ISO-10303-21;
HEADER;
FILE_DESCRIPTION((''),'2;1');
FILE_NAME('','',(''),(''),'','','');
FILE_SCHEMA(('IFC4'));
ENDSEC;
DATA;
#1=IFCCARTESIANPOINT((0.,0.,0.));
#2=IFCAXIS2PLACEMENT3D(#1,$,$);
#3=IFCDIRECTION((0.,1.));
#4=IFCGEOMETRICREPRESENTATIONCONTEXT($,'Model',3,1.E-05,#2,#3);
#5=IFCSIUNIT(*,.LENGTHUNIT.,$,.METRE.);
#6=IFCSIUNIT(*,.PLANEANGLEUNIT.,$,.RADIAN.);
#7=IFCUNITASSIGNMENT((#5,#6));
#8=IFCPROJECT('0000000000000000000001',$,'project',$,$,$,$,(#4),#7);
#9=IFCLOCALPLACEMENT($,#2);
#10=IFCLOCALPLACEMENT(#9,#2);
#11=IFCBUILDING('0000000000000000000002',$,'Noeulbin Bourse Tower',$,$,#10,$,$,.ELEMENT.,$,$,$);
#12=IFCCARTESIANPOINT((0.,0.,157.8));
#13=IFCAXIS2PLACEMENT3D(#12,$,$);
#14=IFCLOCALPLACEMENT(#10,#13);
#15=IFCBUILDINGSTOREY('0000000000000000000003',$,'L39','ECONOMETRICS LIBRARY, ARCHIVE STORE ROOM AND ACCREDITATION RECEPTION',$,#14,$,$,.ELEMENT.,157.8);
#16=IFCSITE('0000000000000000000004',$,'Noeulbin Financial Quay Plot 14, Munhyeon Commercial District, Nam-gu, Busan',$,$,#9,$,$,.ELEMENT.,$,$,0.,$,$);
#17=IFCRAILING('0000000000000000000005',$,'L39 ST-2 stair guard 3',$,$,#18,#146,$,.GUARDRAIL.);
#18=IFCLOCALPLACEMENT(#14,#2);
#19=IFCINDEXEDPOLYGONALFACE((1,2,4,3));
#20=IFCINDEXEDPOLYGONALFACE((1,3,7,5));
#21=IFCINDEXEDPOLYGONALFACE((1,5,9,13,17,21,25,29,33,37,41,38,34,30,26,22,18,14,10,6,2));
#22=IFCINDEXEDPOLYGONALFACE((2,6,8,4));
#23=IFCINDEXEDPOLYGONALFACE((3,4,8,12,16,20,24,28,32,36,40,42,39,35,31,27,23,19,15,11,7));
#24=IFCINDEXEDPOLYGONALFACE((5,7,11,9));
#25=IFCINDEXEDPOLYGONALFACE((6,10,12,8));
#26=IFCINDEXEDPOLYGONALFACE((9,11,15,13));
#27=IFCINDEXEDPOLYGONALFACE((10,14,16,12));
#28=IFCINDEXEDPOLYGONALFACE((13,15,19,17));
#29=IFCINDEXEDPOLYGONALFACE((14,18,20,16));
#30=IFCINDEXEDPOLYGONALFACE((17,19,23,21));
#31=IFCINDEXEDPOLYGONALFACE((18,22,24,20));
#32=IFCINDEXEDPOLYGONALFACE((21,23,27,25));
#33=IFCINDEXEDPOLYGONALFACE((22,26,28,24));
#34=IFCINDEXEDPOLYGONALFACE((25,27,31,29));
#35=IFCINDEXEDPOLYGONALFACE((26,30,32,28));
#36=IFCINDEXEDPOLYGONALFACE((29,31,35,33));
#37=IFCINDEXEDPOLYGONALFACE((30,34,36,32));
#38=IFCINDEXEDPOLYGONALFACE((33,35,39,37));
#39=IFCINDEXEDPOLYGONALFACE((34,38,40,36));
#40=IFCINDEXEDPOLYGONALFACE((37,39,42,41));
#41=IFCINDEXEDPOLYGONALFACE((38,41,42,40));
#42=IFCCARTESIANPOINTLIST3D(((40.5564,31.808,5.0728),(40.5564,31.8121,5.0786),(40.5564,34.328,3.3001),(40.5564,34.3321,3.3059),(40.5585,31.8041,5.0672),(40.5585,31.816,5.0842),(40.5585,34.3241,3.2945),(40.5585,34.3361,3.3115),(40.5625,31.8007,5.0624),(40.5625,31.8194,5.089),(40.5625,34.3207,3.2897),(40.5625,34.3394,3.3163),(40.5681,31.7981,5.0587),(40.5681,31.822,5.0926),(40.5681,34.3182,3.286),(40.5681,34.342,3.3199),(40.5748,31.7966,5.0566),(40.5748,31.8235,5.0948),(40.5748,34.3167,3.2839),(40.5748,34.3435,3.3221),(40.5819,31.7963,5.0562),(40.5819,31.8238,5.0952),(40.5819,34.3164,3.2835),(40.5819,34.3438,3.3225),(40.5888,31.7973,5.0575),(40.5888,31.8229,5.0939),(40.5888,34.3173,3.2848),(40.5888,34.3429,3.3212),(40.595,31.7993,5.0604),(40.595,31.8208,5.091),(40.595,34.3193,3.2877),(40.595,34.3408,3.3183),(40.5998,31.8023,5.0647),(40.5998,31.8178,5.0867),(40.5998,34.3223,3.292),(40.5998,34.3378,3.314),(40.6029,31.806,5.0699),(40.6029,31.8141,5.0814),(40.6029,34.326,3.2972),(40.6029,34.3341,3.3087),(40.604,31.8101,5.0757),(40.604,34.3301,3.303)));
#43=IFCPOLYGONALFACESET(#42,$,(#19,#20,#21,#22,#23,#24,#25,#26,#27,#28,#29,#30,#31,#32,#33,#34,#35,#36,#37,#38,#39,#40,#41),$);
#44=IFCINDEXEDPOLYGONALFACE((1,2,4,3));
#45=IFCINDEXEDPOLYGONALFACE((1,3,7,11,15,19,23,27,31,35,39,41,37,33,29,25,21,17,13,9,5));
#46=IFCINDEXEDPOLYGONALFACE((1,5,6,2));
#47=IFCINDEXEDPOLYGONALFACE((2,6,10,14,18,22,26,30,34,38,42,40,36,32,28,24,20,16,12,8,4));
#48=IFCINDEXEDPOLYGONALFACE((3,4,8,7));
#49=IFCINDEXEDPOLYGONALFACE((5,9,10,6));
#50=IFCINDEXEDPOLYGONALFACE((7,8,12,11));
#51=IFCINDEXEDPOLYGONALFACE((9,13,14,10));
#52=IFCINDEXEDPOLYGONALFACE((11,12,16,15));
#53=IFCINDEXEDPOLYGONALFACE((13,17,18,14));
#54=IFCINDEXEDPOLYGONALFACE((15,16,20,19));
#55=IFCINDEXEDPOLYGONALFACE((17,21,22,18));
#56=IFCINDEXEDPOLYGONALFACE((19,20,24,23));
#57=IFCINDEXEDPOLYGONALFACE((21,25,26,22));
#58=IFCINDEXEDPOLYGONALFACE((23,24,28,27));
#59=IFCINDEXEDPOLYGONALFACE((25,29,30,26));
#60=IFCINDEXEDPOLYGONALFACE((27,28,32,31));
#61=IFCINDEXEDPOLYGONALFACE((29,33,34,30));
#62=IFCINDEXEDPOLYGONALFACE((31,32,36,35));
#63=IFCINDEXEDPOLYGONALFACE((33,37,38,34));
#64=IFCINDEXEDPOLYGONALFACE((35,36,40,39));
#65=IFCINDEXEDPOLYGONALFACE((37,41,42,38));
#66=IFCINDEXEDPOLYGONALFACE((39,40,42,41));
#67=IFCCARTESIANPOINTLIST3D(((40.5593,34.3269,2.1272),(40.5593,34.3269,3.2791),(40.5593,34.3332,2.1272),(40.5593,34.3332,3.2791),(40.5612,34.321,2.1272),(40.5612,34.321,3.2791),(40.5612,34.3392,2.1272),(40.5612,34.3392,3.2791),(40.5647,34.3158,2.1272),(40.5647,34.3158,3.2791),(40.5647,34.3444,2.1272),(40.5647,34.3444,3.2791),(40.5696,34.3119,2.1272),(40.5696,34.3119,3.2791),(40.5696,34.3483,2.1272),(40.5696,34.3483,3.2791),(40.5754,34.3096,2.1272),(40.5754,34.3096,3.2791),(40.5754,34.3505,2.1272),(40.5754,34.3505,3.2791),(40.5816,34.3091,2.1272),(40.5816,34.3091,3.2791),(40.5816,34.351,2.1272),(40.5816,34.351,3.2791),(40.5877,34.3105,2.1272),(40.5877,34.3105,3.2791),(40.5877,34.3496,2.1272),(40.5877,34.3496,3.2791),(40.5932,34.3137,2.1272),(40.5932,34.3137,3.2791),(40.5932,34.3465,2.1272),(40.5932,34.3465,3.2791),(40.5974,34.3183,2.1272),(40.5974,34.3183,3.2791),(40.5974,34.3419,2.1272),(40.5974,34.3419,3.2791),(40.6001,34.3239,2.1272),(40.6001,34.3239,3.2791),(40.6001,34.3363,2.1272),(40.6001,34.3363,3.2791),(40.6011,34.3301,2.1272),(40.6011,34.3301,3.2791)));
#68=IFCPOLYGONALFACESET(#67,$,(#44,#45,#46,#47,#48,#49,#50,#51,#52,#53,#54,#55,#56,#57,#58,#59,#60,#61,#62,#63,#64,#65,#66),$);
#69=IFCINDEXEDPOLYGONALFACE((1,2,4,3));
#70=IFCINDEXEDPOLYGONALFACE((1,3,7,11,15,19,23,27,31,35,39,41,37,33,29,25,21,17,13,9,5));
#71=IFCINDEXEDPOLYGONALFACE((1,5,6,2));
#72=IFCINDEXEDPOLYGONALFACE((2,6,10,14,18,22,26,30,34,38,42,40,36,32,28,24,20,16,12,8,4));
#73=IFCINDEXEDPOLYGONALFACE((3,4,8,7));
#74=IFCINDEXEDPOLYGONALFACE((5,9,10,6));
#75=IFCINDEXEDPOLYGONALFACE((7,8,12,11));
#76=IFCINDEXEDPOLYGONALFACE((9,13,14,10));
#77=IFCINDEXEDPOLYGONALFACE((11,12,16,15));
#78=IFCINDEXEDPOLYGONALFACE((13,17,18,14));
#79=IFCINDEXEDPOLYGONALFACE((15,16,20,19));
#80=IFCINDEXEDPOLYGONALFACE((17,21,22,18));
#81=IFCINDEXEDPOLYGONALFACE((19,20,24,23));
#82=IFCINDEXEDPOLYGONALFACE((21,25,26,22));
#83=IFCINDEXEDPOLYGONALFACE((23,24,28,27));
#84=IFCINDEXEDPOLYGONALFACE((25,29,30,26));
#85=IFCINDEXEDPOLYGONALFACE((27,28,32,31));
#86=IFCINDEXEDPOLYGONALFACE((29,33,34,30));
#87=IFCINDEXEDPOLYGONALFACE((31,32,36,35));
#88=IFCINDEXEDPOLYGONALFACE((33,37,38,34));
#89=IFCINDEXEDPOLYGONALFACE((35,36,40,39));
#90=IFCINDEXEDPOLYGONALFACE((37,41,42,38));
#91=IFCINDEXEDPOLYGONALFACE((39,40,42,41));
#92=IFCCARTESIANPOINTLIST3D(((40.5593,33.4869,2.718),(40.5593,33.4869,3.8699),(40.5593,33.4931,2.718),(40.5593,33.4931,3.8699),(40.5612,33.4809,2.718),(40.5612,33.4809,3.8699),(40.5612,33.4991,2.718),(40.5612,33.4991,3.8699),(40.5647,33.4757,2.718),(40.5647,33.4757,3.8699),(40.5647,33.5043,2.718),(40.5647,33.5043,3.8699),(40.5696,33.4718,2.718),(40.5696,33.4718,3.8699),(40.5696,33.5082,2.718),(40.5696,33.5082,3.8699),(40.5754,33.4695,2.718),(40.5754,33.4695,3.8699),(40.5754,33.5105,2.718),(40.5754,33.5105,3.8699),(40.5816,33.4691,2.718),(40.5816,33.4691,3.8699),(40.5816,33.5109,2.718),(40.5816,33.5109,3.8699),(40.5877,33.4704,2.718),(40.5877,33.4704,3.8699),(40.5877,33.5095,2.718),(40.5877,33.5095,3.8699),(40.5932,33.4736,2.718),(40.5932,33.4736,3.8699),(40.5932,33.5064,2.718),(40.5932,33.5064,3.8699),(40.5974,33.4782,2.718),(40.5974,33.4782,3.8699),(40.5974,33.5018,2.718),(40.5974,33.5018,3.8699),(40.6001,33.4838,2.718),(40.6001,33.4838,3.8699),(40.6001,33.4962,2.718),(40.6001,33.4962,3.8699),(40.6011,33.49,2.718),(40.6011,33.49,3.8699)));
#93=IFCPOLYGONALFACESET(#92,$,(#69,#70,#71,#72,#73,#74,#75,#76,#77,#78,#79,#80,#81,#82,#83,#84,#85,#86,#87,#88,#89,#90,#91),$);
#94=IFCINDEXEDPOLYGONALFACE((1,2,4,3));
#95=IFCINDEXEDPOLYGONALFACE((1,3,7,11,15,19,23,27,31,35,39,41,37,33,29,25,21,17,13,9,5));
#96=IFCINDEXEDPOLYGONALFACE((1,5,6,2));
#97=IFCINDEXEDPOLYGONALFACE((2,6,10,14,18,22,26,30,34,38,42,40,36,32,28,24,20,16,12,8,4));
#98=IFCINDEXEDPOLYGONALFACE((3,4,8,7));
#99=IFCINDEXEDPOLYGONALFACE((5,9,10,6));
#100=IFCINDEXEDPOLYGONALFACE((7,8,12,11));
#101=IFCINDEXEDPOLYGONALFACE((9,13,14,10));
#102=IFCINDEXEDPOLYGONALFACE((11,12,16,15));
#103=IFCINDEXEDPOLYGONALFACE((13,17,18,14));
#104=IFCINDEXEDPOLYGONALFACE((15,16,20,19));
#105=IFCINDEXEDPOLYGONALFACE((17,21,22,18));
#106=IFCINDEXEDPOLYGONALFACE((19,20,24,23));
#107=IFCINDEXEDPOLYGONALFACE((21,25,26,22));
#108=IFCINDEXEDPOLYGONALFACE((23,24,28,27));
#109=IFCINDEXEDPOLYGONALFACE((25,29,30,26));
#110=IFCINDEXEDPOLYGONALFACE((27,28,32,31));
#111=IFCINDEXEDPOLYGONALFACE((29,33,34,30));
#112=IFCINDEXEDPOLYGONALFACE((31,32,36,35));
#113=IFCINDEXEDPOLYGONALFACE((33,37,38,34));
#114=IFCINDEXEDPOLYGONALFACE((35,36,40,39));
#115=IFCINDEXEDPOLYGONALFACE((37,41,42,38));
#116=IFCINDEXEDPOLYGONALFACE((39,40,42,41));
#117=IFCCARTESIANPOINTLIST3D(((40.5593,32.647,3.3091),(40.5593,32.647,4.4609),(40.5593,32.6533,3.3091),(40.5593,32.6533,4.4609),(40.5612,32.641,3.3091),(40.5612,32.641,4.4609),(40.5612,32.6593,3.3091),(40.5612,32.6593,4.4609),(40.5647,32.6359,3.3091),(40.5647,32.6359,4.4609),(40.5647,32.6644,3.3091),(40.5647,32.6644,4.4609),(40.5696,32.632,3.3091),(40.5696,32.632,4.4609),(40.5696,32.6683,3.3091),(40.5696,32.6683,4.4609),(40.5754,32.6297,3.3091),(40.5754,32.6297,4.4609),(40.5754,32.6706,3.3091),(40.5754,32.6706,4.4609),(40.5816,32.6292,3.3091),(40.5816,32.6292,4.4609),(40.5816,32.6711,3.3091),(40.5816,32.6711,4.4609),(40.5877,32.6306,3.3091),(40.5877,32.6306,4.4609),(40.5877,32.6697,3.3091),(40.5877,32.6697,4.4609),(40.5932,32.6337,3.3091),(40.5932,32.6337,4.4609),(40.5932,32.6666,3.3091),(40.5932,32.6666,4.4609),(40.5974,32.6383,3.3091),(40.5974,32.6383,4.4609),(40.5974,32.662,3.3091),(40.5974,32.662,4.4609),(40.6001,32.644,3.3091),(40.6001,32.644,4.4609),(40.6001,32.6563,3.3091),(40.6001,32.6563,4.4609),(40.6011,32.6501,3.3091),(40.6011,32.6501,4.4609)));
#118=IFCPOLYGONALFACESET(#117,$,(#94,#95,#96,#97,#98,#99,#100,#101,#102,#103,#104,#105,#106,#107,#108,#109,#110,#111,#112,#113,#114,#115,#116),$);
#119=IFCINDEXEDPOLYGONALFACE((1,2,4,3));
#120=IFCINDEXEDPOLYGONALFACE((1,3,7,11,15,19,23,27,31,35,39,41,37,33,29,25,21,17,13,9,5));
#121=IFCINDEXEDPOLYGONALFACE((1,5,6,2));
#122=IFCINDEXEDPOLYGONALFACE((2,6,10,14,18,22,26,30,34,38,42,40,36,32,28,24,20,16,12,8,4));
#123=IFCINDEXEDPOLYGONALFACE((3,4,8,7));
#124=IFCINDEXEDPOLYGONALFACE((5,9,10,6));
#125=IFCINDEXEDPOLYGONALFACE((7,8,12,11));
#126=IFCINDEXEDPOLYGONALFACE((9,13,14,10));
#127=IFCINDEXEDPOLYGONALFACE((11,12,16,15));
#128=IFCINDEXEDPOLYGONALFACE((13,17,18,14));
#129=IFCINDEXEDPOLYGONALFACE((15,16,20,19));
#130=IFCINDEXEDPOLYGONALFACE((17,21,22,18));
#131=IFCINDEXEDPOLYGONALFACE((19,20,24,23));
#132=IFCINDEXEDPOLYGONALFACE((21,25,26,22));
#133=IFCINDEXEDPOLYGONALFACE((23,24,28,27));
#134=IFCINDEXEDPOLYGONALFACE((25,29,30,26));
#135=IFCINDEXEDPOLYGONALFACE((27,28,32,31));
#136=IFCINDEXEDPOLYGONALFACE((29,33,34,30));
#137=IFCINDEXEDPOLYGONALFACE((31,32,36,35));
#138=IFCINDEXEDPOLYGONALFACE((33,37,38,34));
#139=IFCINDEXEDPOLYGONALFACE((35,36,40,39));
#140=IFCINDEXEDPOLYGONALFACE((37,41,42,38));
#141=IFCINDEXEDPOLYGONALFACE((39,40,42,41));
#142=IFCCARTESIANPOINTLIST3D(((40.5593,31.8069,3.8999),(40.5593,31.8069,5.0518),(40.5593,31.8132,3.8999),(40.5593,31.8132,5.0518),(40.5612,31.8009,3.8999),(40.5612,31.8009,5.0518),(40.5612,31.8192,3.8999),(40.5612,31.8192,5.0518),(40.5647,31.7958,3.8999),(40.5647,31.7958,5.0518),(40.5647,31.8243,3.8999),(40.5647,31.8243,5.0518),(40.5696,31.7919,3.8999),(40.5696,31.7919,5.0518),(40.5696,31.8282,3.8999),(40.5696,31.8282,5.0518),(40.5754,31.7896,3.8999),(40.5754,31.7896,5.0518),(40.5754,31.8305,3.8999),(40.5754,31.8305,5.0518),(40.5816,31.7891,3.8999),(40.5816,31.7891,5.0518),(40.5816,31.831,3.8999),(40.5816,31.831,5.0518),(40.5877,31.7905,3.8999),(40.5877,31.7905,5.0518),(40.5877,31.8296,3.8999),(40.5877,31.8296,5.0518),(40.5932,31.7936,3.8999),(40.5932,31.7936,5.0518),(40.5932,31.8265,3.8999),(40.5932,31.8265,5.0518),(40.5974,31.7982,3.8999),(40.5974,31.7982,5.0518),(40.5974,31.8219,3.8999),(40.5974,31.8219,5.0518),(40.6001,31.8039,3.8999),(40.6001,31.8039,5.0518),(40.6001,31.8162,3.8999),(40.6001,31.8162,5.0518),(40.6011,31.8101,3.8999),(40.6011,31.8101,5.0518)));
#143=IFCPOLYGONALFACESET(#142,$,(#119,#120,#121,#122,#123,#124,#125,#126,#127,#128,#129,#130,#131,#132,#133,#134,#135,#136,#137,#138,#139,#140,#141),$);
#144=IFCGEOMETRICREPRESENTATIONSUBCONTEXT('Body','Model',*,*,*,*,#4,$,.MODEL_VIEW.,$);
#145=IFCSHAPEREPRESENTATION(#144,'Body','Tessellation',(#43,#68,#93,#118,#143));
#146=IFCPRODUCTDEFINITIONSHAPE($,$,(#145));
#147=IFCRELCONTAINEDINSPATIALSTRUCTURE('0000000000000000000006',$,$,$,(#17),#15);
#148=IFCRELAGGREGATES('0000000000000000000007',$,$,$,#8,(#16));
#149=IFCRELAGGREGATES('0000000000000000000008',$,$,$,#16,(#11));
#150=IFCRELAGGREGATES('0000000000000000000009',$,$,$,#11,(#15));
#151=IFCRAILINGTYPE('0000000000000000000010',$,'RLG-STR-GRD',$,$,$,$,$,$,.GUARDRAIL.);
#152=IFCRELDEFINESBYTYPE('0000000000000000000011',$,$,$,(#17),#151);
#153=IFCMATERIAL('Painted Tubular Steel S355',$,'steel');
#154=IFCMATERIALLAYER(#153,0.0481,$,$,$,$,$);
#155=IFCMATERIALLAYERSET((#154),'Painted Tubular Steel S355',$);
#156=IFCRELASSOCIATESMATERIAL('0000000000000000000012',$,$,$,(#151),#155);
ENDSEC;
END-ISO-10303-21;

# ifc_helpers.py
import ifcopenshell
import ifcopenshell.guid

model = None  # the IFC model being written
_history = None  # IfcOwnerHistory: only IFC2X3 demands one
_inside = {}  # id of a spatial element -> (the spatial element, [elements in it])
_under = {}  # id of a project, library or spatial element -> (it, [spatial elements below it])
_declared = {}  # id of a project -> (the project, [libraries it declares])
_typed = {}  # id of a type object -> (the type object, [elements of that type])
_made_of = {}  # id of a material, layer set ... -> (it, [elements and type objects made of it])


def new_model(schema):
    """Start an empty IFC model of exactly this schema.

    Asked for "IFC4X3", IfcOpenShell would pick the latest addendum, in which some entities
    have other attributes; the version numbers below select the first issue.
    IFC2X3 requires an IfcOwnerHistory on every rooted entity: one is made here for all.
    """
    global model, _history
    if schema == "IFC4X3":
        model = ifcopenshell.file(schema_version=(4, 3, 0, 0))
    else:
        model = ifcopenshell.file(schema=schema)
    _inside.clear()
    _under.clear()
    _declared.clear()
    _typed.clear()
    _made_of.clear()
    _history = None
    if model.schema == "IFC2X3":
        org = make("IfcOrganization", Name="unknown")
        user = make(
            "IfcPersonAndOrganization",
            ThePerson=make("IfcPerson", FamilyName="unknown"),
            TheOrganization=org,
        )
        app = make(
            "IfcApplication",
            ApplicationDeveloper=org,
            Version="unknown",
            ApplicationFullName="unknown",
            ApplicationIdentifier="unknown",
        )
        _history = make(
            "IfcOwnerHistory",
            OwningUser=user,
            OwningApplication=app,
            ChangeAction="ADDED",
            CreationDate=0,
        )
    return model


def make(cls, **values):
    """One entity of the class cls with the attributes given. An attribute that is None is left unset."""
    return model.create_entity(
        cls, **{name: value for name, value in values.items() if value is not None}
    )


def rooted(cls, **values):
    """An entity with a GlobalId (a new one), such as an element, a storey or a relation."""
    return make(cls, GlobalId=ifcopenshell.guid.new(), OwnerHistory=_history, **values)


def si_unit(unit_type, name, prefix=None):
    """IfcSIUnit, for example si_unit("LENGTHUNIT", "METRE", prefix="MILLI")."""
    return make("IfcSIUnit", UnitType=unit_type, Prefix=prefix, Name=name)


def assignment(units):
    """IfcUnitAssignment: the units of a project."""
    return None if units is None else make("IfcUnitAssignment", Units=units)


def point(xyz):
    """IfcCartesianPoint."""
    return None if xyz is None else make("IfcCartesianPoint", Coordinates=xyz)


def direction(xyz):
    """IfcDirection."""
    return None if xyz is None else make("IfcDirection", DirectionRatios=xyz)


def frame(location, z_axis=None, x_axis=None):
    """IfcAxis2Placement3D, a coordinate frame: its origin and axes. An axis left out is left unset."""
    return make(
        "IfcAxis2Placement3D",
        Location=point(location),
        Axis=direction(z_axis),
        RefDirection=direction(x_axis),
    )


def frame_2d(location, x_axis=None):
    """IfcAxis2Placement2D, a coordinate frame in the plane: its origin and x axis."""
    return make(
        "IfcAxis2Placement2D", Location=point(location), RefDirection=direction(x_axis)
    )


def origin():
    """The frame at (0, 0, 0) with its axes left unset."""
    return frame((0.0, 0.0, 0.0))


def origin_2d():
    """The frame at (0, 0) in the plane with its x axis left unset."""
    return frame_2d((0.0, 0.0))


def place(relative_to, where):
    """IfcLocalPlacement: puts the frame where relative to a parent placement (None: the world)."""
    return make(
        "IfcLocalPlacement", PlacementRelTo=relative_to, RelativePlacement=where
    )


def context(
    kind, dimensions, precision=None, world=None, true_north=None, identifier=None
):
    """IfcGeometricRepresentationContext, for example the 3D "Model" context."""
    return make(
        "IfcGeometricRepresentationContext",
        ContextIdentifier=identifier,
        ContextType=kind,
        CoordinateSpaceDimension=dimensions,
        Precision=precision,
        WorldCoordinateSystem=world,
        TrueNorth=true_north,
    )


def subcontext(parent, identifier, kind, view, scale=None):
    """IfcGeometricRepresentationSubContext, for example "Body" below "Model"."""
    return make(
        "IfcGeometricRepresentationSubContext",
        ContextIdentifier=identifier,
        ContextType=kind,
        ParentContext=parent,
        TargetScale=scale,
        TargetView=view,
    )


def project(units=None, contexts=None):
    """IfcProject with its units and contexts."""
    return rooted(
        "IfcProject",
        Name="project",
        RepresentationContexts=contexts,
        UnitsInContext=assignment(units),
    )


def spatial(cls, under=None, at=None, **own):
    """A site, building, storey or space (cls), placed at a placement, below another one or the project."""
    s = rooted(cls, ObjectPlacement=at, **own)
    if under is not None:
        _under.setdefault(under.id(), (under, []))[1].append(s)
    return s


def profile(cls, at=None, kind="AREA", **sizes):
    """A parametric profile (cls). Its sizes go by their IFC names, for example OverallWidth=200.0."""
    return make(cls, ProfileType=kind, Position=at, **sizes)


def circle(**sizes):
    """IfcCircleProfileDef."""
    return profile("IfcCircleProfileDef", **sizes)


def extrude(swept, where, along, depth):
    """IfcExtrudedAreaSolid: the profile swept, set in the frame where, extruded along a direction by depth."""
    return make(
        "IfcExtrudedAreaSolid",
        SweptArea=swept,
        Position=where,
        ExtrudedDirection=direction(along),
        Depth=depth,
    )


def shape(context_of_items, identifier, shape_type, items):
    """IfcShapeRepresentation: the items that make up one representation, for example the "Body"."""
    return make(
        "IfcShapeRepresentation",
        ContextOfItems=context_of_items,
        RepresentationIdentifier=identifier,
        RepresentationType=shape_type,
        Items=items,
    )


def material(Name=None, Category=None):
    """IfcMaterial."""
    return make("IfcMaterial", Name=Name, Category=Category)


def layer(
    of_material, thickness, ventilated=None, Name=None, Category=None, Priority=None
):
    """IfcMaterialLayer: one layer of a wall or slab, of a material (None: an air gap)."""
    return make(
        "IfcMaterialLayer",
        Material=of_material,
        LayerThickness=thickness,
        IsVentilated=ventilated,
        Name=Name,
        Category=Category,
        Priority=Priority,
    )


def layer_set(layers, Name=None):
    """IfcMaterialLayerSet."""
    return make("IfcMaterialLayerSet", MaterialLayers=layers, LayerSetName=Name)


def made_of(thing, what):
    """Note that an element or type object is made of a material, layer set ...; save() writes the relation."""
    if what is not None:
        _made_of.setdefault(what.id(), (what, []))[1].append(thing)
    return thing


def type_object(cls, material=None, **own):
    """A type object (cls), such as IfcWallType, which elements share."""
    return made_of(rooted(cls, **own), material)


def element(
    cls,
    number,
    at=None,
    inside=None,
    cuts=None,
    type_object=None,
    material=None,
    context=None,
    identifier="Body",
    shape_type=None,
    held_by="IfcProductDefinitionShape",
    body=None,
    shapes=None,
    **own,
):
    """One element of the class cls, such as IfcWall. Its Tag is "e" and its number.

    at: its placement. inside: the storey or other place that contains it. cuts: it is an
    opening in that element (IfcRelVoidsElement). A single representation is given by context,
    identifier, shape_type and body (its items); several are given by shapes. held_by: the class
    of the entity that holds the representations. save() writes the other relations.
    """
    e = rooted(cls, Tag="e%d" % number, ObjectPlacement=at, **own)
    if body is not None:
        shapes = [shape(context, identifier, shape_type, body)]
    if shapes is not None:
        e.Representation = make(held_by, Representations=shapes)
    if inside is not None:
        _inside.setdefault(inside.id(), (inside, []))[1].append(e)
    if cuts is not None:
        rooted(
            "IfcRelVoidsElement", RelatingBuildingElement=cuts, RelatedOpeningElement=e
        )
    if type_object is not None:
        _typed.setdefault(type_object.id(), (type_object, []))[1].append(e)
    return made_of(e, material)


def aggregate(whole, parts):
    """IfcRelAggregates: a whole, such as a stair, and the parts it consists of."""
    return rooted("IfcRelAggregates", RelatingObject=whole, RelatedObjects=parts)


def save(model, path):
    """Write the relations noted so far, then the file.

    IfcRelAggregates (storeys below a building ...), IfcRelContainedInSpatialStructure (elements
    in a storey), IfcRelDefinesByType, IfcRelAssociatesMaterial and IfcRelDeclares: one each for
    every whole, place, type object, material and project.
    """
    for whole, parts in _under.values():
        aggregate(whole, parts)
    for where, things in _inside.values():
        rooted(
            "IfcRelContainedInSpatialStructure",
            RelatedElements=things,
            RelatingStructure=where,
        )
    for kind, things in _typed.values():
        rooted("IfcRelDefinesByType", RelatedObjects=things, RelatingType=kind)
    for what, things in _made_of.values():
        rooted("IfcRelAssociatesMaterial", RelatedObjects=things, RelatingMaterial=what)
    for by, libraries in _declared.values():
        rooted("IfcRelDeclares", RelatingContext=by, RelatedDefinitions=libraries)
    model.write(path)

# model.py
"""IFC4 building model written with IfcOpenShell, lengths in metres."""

from ifc_helpers import new_model, si_unit, direction, frame, origin, origin_2d, place, context, subcontext, project, spatial, circle, extrude, material, layer, layer_set, type_object, element, save


model = new_model("IFC4")

# Units and contexts
model_context = context("Model", 3, precision=1e-05, world=origin(), true_north=direction((0.0, 1.0)))
body_context = subcontext(model_context, "Body", "Model", "MODEL_VIEW")
ifc_project = project(units=[si_unit("LENGTHUNIT", "METRE"), si_unit("PLANEANGLEUNIT", "RADIAN")], contexts=[model_context])

# Site, building, storey
site_placement = place(None, origin())
site = spatial("IfcSite", under=ifc_project, at=site_placement, Name="Noeulbin Financial Quay Plot 14, Munhyeon Commercial District, Nam-gu, Busan", CompositionType="ELEMENT", RefElevation=0.0)
building_placement = place(site_placement, origin())
building = spatial("IfcBuilding", under=site, at=building_placement, Name="Noeulbin Bourse Tower", CompositionType="ELEMENT")
storey_placement = place(building_placement, frame((0.0, 0.0, 157.8)))
storey = spatial("IfcBuildingStorey", under=building, at=storey_placement, Name="L39", Description="ECONOMETRICS LIBRARY, ARCHIVE STORE ROOM AND ACCREDITATION RECEPTION", CompositionType="ELEMENT", Elevation=157.8)

# Railing
ifc_material_1 = material(Name="Painted Tubular Steel S355", Category="steel")
ifc_layer_1 = layer(ifc_material_1, 0.0481)
ifc_layer_set_1 = layer_set([ifc_layer_1], Name="Painted Tubular Steel S355")
railing_type_1 = type_object("IfcRailingType", Name="RLG-STR-GRD", PredefinedType="GUARDRAIL", material=ifc_layer_set_1)
railing_1_placement = place(storey_placement, frame((40.5801, 34.3301, 2.1272)))
element("IfcRailing", 1, at=railing_1_placement, inside=storey, type_object=railing_type_1, Name="L39 ST-2 stair guard 3", PredefinedType="GUARDRAIL", context=body_context, shape_type="SweptSolid", body=[
    extrude(circle(Radius=0.0239, at=origin_2d()), frame((0.0, 0.0, 1.1758), z_axis=(0.0, -0.817904, 0.575354), x_axis=(1.0, 0.0, 0.0)), (0.0, 0.0, 1.0), 3.0811),
    extrude(circle(Radius=0.021, at=origin_2d()), origin(), (0.0, 0.0, 1.0), 1.1519),
    extrude(circle(Radius=0.021, at=origin_2d()), frame((0.0, -0.8401, 0.5908)), (0.0, 0.0, 1.0), 1.1519),
    extrude(circle(Radius=0.021, at=origin_2d()), frame((0.0, -1.6799, 1.1819)), (0.0, 0.0, 1.0), 1.1519),
    extrude(circle(Radius=0.021, at=origin_2d()), frame((0.0, -2.52, 1.7727)), (0.0, 0.0, 1.0), 1.1519),
])

save(model, "model.ifc")
